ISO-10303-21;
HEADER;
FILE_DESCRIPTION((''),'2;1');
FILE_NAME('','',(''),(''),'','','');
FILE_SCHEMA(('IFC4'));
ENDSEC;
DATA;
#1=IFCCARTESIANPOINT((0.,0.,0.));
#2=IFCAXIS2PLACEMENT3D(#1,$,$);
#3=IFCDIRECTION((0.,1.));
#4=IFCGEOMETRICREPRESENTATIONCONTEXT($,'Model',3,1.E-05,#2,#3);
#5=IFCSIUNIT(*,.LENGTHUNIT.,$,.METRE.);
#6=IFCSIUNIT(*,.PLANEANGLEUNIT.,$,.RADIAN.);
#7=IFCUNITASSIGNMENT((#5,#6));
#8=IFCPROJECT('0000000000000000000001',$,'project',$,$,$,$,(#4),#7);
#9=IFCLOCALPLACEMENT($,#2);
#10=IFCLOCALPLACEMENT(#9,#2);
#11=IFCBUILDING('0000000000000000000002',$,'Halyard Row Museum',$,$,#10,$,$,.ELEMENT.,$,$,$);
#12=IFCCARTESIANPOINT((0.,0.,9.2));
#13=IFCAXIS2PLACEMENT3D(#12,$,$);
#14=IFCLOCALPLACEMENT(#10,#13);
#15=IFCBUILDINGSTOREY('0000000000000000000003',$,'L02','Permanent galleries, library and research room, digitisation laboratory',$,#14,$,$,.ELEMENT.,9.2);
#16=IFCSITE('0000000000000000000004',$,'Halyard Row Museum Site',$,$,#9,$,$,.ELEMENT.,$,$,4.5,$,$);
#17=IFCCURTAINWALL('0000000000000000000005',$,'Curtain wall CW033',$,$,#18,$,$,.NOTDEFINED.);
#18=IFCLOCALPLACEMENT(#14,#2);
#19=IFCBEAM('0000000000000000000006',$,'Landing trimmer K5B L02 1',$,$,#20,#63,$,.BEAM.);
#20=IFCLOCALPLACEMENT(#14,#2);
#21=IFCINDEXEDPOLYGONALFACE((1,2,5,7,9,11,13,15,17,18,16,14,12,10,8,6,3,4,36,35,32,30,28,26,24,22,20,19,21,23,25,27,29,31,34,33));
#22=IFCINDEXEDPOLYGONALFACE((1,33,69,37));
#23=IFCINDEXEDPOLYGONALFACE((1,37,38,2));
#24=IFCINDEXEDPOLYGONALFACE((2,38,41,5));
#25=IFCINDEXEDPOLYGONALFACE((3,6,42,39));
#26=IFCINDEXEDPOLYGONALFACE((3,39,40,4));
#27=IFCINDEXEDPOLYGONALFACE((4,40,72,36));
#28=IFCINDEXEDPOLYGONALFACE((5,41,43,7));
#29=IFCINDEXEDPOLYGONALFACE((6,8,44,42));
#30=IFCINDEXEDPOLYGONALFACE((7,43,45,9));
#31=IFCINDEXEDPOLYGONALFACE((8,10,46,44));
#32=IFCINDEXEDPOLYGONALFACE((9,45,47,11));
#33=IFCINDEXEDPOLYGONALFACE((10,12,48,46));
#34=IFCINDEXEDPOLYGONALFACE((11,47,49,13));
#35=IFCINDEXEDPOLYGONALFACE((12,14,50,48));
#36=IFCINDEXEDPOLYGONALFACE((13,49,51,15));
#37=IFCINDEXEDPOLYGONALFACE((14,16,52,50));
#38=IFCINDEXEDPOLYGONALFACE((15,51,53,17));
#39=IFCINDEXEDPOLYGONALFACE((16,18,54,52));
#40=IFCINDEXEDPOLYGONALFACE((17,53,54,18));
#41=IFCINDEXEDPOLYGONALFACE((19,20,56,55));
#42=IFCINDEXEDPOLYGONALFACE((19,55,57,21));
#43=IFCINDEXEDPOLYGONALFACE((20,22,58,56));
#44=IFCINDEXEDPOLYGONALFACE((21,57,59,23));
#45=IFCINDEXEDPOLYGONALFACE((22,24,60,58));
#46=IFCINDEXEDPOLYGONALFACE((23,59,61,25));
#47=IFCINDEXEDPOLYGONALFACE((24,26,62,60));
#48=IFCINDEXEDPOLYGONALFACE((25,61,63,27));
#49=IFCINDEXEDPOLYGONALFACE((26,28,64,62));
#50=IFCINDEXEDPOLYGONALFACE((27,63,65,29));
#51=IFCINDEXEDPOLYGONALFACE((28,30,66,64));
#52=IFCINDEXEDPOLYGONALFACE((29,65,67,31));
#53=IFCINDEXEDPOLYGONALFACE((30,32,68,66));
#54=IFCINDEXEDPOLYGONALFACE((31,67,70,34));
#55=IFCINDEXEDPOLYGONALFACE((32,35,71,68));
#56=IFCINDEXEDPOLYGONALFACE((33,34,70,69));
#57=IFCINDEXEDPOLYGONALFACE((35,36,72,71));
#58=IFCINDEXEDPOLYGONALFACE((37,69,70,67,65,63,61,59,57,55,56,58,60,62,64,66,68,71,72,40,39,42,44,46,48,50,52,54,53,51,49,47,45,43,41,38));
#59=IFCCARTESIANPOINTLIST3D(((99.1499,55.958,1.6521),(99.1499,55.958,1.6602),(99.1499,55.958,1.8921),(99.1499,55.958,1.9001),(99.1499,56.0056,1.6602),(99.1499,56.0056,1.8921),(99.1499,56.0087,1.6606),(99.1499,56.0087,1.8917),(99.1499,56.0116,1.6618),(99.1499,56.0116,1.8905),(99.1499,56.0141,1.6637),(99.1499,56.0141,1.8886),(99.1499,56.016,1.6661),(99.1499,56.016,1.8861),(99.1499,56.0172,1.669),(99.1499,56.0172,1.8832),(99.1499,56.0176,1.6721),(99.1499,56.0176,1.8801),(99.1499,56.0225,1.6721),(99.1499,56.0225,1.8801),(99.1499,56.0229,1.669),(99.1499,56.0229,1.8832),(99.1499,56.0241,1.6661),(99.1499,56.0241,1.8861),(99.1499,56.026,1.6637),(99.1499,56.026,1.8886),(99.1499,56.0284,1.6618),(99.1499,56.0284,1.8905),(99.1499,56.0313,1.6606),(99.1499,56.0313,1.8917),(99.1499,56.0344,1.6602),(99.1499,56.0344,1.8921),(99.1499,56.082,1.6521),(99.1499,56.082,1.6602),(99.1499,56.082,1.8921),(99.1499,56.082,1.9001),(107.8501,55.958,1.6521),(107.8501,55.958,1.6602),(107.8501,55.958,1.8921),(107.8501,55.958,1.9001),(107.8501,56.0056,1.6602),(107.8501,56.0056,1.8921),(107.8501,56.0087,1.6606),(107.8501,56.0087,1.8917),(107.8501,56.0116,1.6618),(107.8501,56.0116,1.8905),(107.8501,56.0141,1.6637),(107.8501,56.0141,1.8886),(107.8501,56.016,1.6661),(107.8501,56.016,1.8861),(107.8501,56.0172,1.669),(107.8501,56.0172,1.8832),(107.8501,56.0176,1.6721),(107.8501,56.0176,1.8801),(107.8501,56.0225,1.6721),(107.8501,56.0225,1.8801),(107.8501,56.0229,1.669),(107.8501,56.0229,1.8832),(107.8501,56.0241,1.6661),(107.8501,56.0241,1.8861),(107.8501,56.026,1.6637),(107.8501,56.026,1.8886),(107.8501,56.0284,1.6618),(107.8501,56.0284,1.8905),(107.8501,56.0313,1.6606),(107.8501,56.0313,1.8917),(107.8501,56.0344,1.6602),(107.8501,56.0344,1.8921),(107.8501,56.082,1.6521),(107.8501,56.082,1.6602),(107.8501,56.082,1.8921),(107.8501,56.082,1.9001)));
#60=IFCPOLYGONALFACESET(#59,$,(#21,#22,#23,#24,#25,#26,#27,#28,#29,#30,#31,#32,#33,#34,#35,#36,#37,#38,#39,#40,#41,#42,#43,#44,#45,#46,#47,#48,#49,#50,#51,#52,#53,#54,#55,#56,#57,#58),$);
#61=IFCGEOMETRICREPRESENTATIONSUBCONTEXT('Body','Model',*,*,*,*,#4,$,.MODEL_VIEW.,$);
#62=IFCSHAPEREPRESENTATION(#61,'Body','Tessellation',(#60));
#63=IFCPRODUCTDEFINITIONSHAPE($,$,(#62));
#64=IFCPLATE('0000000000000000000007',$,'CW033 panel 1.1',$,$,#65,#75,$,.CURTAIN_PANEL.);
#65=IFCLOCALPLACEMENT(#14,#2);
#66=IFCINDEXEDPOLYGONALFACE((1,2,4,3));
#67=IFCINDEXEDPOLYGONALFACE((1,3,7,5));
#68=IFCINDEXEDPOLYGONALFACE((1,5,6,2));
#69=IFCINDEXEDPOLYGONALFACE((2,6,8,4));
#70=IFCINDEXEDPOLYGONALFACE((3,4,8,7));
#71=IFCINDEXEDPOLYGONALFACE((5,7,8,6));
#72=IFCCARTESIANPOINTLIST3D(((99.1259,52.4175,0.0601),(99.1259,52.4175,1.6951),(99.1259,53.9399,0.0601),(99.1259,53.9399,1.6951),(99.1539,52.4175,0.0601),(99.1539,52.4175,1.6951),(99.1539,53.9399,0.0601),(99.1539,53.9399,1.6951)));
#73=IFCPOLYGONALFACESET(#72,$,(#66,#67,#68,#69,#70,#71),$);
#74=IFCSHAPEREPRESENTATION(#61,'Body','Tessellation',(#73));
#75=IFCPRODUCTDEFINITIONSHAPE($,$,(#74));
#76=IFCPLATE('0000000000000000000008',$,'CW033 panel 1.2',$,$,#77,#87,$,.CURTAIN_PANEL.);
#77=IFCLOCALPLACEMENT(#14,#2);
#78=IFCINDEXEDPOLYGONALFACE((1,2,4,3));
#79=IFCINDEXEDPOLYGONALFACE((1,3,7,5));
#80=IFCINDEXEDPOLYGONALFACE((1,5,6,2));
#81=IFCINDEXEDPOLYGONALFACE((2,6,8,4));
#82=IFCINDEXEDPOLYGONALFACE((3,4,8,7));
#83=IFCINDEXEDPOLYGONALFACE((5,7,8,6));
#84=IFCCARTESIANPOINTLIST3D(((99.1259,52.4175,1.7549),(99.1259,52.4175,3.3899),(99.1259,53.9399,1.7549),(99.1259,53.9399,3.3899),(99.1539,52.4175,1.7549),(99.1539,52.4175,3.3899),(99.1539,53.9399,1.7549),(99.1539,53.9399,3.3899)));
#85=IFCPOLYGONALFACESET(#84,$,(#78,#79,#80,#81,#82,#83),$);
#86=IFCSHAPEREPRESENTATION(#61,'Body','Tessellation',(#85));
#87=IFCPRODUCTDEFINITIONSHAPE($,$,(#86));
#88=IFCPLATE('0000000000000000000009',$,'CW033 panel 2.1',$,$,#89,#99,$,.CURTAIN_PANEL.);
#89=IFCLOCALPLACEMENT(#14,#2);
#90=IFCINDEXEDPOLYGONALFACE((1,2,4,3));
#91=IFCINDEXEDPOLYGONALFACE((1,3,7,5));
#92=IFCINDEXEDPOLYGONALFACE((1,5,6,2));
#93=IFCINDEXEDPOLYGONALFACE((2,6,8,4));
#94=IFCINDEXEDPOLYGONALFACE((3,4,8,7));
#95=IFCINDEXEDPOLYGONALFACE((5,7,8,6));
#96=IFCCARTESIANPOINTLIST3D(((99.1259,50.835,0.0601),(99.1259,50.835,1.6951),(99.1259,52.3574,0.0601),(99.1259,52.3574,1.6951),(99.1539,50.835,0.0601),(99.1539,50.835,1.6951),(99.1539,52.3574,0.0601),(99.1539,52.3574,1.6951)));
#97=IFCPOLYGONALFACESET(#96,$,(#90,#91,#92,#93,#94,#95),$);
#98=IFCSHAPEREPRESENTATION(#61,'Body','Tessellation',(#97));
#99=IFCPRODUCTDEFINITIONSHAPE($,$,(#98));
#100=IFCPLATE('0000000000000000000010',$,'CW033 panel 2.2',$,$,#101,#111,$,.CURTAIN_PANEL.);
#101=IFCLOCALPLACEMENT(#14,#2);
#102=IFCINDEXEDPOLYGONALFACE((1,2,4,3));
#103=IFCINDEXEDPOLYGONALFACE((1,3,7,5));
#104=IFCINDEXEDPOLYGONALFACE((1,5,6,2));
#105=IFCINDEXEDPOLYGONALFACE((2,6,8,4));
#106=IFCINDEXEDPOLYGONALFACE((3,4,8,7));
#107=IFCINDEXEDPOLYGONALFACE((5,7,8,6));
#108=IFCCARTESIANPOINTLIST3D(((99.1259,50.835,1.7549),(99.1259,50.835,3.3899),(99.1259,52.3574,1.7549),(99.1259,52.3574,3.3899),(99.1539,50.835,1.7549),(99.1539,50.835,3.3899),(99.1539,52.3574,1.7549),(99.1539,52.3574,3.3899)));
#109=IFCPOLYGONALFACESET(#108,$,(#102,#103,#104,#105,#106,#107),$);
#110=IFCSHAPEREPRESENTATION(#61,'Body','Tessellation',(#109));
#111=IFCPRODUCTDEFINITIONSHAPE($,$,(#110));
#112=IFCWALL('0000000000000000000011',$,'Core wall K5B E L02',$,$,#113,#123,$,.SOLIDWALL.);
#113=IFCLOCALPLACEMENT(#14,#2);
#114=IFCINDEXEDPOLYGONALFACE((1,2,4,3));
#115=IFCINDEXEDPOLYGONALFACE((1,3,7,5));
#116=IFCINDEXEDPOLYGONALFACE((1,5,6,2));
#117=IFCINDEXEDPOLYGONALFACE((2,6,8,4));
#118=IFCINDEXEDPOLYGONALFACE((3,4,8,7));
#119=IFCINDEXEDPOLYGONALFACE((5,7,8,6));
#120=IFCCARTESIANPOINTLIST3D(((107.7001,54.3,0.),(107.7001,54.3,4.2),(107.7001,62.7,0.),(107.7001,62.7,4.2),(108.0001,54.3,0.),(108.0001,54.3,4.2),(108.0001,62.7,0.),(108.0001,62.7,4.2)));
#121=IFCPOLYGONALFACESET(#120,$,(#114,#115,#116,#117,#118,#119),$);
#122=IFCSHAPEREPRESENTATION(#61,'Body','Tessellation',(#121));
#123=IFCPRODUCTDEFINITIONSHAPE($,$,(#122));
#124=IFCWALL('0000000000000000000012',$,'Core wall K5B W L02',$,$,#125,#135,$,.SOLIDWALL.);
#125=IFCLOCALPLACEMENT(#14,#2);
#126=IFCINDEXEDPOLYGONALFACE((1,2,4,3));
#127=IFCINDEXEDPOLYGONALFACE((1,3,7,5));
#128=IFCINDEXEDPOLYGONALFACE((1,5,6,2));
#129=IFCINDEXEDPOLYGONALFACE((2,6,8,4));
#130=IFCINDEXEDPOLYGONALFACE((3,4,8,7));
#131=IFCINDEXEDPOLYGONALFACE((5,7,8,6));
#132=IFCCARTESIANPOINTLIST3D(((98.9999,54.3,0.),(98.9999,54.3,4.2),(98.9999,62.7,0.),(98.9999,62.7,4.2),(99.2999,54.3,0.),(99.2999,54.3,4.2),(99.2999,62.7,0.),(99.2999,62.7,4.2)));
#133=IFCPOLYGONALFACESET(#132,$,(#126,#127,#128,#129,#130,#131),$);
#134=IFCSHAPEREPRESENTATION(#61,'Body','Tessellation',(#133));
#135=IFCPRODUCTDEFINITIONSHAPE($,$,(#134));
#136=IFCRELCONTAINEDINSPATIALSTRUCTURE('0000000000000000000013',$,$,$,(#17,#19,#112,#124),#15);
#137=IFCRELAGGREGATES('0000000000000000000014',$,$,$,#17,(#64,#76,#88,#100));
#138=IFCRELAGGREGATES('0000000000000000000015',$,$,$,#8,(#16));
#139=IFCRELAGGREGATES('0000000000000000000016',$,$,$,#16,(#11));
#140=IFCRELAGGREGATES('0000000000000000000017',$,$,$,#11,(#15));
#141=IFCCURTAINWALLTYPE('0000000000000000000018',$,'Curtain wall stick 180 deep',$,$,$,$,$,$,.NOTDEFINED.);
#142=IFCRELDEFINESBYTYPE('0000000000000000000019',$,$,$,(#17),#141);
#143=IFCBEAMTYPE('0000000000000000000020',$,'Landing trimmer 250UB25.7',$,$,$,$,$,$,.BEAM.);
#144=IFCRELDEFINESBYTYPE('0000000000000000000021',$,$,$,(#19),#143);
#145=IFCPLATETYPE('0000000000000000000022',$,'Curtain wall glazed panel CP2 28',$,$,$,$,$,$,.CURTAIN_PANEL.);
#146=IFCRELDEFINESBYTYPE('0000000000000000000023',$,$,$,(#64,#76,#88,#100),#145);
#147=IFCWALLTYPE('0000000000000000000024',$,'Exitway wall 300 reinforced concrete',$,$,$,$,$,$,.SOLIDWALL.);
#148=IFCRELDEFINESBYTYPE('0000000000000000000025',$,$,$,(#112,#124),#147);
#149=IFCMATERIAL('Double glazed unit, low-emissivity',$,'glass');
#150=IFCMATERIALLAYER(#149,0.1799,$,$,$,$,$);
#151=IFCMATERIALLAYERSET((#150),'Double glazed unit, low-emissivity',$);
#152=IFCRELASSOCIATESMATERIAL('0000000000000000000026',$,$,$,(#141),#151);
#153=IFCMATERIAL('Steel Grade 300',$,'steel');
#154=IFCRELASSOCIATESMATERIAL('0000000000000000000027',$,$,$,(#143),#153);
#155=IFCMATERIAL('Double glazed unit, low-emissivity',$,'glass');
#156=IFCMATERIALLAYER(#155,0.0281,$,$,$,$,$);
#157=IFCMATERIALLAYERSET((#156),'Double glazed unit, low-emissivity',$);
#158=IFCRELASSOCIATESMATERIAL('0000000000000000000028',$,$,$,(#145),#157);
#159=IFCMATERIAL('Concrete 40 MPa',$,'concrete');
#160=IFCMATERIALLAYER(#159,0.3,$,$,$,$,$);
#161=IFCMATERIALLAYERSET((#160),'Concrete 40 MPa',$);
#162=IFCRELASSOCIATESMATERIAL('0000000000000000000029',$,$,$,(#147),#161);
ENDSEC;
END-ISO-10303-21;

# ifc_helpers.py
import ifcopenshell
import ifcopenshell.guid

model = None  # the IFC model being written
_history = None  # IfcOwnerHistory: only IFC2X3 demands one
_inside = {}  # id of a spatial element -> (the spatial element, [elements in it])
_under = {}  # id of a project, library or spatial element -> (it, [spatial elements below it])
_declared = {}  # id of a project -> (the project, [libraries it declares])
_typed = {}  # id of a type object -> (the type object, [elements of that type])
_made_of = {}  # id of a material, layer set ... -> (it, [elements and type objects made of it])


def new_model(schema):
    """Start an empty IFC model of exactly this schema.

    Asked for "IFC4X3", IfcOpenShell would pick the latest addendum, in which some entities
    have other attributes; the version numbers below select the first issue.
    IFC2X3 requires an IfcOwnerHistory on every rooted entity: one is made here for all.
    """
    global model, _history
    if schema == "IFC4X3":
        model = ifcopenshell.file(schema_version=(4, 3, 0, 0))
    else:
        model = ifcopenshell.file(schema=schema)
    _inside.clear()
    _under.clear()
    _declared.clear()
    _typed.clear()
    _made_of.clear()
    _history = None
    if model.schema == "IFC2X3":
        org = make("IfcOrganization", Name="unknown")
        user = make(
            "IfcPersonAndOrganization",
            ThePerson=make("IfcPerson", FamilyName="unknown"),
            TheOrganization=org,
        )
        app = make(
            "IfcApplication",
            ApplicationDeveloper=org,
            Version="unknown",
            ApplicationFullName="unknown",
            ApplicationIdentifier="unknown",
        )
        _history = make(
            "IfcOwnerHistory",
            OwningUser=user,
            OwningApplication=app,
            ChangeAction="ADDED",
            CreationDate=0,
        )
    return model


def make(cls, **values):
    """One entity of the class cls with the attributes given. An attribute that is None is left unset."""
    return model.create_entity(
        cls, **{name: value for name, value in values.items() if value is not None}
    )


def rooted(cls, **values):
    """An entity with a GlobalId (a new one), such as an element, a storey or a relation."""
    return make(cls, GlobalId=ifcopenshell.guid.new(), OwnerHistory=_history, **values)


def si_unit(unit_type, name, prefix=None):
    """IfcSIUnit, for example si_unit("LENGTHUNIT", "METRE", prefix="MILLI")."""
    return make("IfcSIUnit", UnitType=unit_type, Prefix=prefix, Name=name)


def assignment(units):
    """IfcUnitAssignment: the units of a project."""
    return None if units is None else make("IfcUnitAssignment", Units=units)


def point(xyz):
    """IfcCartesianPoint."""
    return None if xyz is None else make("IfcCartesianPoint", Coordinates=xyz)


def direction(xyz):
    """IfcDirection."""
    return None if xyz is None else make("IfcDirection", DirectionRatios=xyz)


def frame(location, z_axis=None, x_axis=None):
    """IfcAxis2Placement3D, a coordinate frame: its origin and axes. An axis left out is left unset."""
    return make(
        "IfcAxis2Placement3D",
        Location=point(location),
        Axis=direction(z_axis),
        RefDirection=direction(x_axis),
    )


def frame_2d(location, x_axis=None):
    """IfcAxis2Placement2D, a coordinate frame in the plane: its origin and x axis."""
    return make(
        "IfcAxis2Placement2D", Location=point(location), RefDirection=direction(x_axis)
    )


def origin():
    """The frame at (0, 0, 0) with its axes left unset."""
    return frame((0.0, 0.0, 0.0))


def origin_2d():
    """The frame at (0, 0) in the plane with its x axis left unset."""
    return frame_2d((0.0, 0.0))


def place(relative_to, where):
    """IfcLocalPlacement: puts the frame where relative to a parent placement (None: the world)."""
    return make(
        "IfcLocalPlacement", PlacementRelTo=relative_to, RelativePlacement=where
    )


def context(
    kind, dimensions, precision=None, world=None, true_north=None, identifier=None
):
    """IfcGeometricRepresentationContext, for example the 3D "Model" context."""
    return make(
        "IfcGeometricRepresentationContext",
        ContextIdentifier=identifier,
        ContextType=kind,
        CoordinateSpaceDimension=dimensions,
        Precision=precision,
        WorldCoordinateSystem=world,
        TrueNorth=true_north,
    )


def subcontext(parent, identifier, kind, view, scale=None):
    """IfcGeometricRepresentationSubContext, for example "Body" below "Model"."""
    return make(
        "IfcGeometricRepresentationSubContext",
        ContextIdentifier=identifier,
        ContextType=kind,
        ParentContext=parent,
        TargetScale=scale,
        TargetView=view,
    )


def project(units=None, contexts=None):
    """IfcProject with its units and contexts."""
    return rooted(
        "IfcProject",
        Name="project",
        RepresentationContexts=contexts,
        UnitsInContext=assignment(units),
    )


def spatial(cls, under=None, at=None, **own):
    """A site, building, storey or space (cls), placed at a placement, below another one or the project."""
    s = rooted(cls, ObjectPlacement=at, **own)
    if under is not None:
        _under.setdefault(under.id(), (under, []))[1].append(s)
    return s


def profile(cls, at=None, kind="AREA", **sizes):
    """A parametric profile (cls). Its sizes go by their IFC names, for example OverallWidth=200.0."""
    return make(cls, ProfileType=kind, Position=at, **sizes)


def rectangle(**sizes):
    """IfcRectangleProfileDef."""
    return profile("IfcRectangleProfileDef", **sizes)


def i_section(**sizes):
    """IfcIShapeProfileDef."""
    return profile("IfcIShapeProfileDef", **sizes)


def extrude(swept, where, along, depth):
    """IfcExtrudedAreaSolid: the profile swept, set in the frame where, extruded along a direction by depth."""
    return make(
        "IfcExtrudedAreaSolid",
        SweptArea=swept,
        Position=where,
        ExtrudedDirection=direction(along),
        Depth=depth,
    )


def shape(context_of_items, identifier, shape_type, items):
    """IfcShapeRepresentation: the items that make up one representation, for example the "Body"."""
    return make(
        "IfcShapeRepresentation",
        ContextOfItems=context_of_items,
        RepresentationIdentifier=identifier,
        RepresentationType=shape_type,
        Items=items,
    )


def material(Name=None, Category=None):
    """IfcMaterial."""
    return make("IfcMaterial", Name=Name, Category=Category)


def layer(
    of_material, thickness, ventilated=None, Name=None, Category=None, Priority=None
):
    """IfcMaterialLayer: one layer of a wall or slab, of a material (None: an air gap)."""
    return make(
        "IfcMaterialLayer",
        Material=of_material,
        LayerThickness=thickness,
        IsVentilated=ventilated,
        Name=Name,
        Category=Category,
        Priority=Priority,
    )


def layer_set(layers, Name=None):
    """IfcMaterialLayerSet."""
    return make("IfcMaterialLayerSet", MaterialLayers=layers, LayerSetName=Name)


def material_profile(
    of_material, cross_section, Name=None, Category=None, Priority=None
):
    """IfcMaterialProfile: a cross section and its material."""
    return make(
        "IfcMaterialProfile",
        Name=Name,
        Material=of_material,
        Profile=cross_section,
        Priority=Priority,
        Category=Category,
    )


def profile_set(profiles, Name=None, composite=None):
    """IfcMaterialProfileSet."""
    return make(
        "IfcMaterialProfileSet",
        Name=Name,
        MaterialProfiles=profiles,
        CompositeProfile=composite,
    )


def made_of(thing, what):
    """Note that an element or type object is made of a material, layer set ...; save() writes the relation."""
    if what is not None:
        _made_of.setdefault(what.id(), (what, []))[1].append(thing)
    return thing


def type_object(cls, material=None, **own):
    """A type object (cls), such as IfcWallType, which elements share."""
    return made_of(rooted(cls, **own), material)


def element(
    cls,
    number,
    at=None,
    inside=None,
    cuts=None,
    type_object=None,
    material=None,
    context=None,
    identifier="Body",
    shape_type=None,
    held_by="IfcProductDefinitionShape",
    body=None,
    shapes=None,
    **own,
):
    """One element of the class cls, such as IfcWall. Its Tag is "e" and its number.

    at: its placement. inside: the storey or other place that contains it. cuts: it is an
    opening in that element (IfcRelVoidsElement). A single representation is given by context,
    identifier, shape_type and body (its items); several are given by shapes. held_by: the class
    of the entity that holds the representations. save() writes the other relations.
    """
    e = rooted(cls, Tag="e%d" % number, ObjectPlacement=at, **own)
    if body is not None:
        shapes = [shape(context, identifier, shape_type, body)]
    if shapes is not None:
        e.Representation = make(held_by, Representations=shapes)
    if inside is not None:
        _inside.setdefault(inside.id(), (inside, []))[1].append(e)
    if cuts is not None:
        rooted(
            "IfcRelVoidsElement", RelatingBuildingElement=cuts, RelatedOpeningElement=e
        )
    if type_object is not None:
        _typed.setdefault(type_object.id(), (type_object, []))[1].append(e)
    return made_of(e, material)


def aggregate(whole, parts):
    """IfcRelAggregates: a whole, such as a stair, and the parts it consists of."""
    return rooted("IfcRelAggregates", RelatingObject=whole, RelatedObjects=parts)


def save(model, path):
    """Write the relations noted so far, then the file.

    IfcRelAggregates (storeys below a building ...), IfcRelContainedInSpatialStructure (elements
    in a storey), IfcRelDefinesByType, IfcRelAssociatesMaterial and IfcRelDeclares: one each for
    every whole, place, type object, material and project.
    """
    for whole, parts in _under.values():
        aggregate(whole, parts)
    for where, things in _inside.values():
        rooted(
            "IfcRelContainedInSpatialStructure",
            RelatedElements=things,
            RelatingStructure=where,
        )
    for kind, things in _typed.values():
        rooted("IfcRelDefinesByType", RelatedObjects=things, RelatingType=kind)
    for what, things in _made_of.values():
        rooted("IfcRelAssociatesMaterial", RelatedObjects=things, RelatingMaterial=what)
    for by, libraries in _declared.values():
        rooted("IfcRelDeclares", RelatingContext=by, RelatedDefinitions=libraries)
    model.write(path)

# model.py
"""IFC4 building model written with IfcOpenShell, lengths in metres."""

from ifc_helpers import new_model, si_unit, direction, frame, frame_2d, origin, origin_2d, place, context, subcontext, project, spatial, rectangle, i_section, extrude, material, layer, layer_set, material_profile, profile_set, type_object, element, aggregate, save


model = new_model("IFC4")

# Units and contexts
model_context = context("Model", 3, precision=1e-05, world=origin(), true_north=direction((0.0, 1.0)))
body_context = subcontext(model_context, "Body", "Model", "MODEL_VIEW")
ifc_project = project(units=[si_unit("LENGTHUNIT", "METRE"), si_unit("PLANEANGLEUNIT", "RADIAN")], contexts=[model_context])

# Site, building, storey
site_placement = place(None, origin())
site = spatial("IfcSite", under=ifc_project, at=site_placement, Name="Halyard Row Museum Site", CompositionType="ELEMENT", RefElevation=4.5)
building_placement = place(site_placement, origin())
building = spatial("IfcBuilding", under=site, at=building_placement, Name="Halyard Row Museum", CompositionType="ELEMENT")
storey_placement = place(building_placement, frame((0.0, 0.0, 9.2)))
storey = spatial("IfcBuildingStorey", under=building, at=storey_placement, Name="L02", Description="Permanent galleries, library and research room, digitisation laboratory", CompositionType="ELEMENT", Elevation=9.2)

# Curtain wall
ifc_material_1 = material(Name="Double glazed unit, low-emissivity", Category="glass")
ifc_layer_1 = layer(ifc_material_1, 0.1799)
ifc_layer_set_1 = layer_set([ifc_layer_1], Name="Double glazed unit, low-emissivity")
curtain_wall_type = type_object("IfcCurtainWallType", Name="Curtain wall stick 180 deep", PredefinedType="NOTDEFINED", material=ifc_layer_set_1)
curtain_wall_placement = place(storey_placement, origin())
curtain_wall = element("IfcCurtainWall", 1, at=curtain_wall_placement, inside=storey, type_object=curtain_wall_type, Name="Curtain wall CW033", PredefinedType="NOTDEFINED")

# Beam
ifc_material_2 = material(Name="Steel Grade 300", Category="steel")
ifc_material_profile_1 = material_profile(ifc_material_2, i_section(OverallWidth=0.124, OverallDepth=0.248, WebThickness=0.0049, FlangeThickness=0.0081, FilletRadius=0.012, at=origin_2d()), Name="250UB25.7")
ifc_profile_set_1 = profile_set([ifc_material_profile_1], Name="Steel Grade 300")
beam_type = type_object("IfcBeamType", Name="Landing trimmer 250UB25.7", PredefinedType="BEAM", material=ifc_profile_set_1)
beam_placement = place(storey_placement, frame((107.8501, 56.02, 1.7761), z_axis=(-1.0, 0.0, 0.0), x_axis=(0.0, -1.0, 0.0)))
element("IfcBeam", 2, at=beam_placement, inside=storey, type_object=beam_type, Name="Landing trimmer K5B L02 1", PredefinedType="BEAM", context=body_context, shape_type="SweptSolid", body=[
    extrude(i_section(OverallWidth=0.124, OverallDepth=0.248, WebThickness=0.0049, FlangeThickness=0.0081, FilletRadius=0.012, at=origin_2d()), origin(), (0.0, 0.0, 1.0), 8.7002),
])

# Plates
ifc_material_3 = material(Name="Double glazed unit, low-emissivity", Category="glass")
ifc_layer_2 = layer(ifc_material_3, 0.0281)
ifc_layer_set_2 = layer_set([ifc_layer_2], Name="Double glazed unit, low-emissivity")
plate_type = type_object("IfcPlateType", Name="Curtain wall glazed panel CP2 28", PredefinedType="CURTAIN_PANEL", material=ifc_layer_set_2)
plate_1_placement = place(storey_placement, frame((99.1399, 53.1787, 0.0601), z_axis=(0.0, 0.0, 1.0), x_axis=(0.0, -1.0, 0.0)))
plate_1 = element("IfcPlate", 3, at=plate_1_placement, type_object=plate_type, Name="CW033 panel 1.1", PredefinedType="CURTAIN_PANEL", context=body_context, shape_type="SweptSolid", body=[
    extrude(rectangle(XDim=1.5225, YDim=0.0281, at=origin_2d()), origin(), (0.0, 0.0, 1.0), 1.635),
])
plate_2_placement = place(storey_placement, frame((99.1399, 53.1787, 1.7549), z_axis=(0.0, 0.0, 1.0), x_axis=(0.0, -1.0, 0.0)))
plate_2 = element("IfcPlate", 4, at=plate_2_placement, type_object=plate_type, Name="CW033 panel 1.2", PredefinedType="CURTAIN_PANEL", context=body_context, shape_type="SweptSolid", body=[
    extrude(rectangle(XDim=1.5225, YDim=0.0281, at=origin_2d()), origin(), (0.0, 0.0, 1.0), 1.635),
])
plate_3_placement = place(storey_placement, frame((99.1399, 51.5962, 0.0601), z_axis=(0.0, 0.0, 1.0), x_axis=(0.0, -1.0, 0.0)))
plate_3 = element("IfcPlate", 5, at=plate_3_placement, type_object=plate_type, Name="CW033 panel 2.1", PredefinedType="CURTAIN_PANEL", context=body_context, shape_type="SweptSolid", body=[
    extrude(rectangle(XDim=1.5225, YDim=0.0281, at=origin_2d()), origin(), (0.0, 0.0, 1.0), 1.635),
])
plate_4_placement = place(storey_placement, frame((99.1399, 51.5962, 1.7549), z_axis=(0.0, 0.0, 1.0), x_axis=(0.0, -1.0, 0.0)))
plate_4 = element("IfcPlate", 6, at=plate_4_placement, type_object=plate_type, Name="CW033 panel 2.2", PredefinedType="CURTAIN_PANEL", context=body_context, shape_type="SweptSolid", body=[
    extrude(rectangle(XDim=1.5225, YDim=0.0281, at=origin_2d()), origin(), (0.0, 0.0, 1.0), 1.635),
])
aggregate(curtain_wall, [plate_1, plate_2, plate_3, plate_4])

# Walls
ifc_material_4 = material(Name="Concrete 40 MPa", Category="concrete")
ifc_layer_3 = layer(ifc_material_4, 0.3)
ifc_layer_set_3 = layer_set([ifc_layer_3], Name="Concrete 40 MPa")
wall_type = type_object("IfcWallType", Name="Exitway wall 300 reinforced concrete", PredefinedType="SOLIDWALL", material=ifc_layer_set_3)
for number, where, z_axis, x_axis, name in (
    (7, (107.8501, 54.3, 0.0), (0.0, 0.0, 1.0), (0.0, 1.0, 0.0), "Core wall K5B E L02"),
    (8, (99.1499, 54.3, 0.0), (0.0, 0.0, 1.0), (0.0, 1.0, 0.0), "Core wall K5B W L02"),
):
    element("IfcWall", number, at=place(storey_placement, frame(where, z_axis=z_axis, x_axis=x_axis)), inside=storey, type_object=wall_type, Name=name, PredefinedType="SOLIDWALL", context=body_context, shape_type="SweptSolid", body=[
        extrude(rectangle(XDim=8.3999, YDim=0.3, at=frame_2d((4.2, 0.0))), origin(), (0.0, 0.0, 1.0), 4.2),
    ])

save(model, "model.ifc")
